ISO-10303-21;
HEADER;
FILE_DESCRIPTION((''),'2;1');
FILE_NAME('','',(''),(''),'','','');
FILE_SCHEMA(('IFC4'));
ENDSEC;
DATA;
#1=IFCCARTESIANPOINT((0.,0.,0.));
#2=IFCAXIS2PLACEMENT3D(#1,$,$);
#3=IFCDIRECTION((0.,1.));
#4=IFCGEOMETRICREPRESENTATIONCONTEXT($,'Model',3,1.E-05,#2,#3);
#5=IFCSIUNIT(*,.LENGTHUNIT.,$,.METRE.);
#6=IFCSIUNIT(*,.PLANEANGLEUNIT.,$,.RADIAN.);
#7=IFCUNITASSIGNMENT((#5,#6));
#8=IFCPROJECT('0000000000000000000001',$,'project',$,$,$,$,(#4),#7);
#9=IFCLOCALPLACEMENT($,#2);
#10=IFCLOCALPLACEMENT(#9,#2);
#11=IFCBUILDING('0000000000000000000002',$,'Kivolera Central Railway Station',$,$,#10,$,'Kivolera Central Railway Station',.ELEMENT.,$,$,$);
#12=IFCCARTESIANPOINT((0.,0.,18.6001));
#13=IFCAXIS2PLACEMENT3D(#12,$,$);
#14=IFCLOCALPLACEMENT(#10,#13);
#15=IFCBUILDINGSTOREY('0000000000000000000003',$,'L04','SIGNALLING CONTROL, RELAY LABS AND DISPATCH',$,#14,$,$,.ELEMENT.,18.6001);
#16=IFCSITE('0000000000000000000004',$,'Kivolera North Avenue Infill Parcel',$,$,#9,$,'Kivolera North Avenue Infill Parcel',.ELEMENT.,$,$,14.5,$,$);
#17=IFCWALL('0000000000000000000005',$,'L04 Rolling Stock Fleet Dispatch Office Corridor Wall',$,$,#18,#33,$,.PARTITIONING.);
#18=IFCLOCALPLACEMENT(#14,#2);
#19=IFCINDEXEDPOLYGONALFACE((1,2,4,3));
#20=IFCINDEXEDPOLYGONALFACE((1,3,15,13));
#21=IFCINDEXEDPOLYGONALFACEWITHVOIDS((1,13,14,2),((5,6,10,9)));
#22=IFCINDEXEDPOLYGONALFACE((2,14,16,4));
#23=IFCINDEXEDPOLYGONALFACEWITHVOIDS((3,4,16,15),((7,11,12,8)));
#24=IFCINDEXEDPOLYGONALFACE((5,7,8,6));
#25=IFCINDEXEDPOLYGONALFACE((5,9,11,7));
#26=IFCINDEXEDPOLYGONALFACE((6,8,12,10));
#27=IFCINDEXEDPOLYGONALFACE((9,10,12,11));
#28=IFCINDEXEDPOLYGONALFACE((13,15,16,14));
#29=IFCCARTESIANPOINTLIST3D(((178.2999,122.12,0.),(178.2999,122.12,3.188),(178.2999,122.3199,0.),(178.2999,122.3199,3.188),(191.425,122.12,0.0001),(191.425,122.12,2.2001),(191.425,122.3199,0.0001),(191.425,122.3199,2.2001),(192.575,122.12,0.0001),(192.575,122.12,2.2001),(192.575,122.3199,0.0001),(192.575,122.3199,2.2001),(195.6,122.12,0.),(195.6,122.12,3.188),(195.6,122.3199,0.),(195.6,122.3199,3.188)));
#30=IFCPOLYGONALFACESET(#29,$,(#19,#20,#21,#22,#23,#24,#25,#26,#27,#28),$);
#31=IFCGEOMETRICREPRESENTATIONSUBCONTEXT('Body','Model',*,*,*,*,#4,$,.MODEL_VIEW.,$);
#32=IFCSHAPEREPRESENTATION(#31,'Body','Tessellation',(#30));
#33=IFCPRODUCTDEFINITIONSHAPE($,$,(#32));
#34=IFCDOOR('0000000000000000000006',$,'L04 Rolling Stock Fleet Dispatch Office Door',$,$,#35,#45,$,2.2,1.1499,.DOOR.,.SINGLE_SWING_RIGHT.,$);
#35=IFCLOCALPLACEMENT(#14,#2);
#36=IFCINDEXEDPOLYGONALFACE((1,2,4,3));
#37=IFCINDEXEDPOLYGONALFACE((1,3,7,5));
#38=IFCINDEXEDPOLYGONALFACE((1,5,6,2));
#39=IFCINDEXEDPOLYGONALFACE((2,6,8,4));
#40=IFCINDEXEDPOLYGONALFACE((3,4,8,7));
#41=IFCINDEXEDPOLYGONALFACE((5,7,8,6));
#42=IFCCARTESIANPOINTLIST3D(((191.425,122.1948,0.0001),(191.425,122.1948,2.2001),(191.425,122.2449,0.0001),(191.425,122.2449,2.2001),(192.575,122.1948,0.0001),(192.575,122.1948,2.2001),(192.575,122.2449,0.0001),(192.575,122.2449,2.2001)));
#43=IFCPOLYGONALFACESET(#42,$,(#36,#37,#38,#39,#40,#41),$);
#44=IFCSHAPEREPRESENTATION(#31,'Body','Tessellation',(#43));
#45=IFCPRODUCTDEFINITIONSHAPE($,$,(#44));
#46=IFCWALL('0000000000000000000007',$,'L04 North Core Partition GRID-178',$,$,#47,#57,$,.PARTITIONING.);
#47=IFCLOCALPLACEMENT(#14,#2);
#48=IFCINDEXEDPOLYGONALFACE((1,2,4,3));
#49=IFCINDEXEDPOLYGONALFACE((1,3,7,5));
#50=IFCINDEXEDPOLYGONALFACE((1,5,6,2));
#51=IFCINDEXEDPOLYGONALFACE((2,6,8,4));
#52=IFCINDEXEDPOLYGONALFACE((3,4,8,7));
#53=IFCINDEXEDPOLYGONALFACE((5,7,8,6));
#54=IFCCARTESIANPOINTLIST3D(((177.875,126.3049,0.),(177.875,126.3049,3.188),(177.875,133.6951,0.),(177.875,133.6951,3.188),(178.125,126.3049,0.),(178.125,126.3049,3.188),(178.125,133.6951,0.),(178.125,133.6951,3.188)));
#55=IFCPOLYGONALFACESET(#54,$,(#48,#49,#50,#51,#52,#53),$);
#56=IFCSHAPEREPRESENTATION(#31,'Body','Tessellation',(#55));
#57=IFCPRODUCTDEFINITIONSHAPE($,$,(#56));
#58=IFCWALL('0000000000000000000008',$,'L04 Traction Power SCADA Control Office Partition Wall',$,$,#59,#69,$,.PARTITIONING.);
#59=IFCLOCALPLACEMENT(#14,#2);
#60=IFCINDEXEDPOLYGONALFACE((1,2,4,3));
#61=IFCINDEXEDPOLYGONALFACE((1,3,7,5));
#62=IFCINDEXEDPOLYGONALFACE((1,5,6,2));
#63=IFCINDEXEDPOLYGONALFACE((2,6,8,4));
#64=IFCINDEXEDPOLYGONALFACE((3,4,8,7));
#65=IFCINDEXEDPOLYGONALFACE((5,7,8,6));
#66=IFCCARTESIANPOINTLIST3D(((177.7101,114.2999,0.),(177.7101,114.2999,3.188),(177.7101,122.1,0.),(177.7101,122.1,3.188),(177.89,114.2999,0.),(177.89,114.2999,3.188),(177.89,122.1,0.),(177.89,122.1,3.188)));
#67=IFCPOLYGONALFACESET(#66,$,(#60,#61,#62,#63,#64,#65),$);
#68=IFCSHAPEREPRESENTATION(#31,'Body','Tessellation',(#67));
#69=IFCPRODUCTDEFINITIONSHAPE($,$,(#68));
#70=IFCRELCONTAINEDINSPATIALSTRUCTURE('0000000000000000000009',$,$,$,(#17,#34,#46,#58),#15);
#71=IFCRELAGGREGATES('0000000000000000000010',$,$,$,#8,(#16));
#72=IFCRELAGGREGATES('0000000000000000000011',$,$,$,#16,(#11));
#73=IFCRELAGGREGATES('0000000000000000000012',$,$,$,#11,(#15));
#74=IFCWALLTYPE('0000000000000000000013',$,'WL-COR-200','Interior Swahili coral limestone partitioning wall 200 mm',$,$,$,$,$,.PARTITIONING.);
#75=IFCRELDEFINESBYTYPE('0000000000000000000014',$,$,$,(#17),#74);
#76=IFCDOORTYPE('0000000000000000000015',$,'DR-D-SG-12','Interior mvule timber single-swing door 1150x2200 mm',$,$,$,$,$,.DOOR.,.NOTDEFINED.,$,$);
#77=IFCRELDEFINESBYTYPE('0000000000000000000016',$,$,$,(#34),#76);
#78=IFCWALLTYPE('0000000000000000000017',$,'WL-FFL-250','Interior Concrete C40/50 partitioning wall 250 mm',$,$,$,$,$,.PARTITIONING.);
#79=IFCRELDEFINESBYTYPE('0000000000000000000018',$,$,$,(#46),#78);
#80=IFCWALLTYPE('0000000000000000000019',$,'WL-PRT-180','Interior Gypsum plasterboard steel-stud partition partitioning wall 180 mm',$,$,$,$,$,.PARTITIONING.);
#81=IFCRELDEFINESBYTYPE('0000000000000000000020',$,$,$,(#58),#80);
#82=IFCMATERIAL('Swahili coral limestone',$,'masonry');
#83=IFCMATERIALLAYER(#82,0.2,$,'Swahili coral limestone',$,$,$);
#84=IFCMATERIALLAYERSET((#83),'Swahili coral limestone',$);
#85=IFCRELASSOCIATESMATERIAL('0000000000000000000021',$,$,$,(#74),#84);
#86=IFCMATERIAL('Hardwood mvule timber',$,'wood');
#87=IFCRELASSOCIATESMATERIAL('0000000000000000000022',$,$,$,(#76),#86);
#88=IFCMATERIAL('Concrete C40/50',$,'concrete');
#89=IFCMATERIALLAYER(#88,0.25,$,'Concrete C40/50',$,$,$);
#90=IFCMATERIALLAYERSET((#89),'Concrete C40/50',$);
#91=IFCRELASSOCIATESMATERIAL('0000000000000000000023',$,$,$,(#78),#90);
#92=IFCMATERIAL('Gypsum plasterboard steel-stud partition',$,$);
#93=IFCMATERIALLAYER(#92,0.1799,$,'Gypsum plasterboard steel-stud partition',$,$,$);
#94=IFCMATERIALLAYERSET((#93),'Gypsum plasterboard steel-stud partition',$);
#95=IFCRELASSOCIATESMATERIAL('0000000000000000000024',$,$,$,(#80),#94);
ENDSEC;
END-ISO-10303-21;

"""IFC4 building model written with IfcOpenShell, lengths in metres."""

from ifc_helpers import new_model, si_unit, direction, frame, frame_2d, origin, place, context, subcontext, project, spatial, rectangle, extrude, material, layer, layer_set, type_object, element, fill, save


model = new_model("IFC4")

# Units and contexts
model_context = context("Model", 3, precision=1e-05, world=origin(), true_north=direction((0.0, 1.0)))
body_context = subcontext(model_context, "Body", "Model", "MODEL_VIEW")
ifc_project = project(units=[si_unit("LENGTHUNIT", "METRE"), si_unit("PLANEANGLEUNIT", "RADIAN")], contexts=[model_context])

# Site, building, storey
site_placement = place(None, origin())
site = spatial("IfcSite", under=ifc_project, at=site_placement, Name="Kivolera North Avenue Infill Parcel", LongName="Kivolera North Avenue Infill Parcel", CompositionType="ELEMENT", RefElevation=14.5)
building_placement = place(site_placement, origin())
building = spatial("IfcBuilding", under=site, at=building_placement, Name="Kivolera Central Railway Station", LongName="Kivolera Central Railway Station", CompositionType="ELEMENT")
storey_placement = place(building_placement, frame((0.0, 0.0, 18.6001)))
storey = spatial("IfcBuildingStorey", under=building, at=storey_placement, Name="L04", Description="SIGNALLING CONTROL, RELAY LABS AND DISPATCH", CompositionType="ELEMENT", Elevation=18.6001)

# Shared definitions
ifc_material_1 = material(Name="Concrete C40/50", Category="concrete")

# Wall, opening, door
ifc_material_2 = material(Name="Swahili coral limestone", Category="masonry")
ifc_layer_1 = layer(ifc_material_2, 0.2, Name="Swahili coral limestone")
ifc_layer_set_1 = layer_set([ifc_layer_1], Name="Swahili coral limestone")
wall_type_1 = type_object("IfcWallType", Name="WL-COR-200", Description="Interior Swahili coral limestone partitioning wall 200 mm", PredefinedType="PARTITIONING", material=ifc_layer_set_1)
wall_1_placement = place(storey_placement, frame((178.3, 122.22, 0.0), z_axis=(0.0, 0.0, 1.0), x_axis=(1.0, 0.0, 0.0)))
wall_1 = element("IfcWall", 1, at=wall_1_placement, inside=storey, type_object=wall_type_1, Name="L04 Rolling Stock Fleet Dispatch Office Corridor Wall", PredefinedType="PARTITIONING", context=body_context, shape_type="SweptSolid", body=[
    extrude(rectangle(XDim=17.3, YDim=0.2, at=frame_2d((8.6499, 0.0))), origin(), (0.0, 0.0, 1.0), 3.188),
])
opening_1_placement = place(wall_1_placement, frame((13.125, 0.0, 0.0)))
opening_1 = element("IfcOpeningElement", 2, at=opening_1_placement, cuts=wall_1, PredefinedType="OPENING", context=body_context, shape_type="SweptSolid", body=[
    extrude(rectangle(XDim=1.1499, YDim=2.2, at=frame_2d((0.575, 1.1001))), frame((0.0, 0.1099, 0.0), z_axis=(0.0, -1.0, 0.0), x_axis=(1.0, 0.0, 0.0)), (0.0, 0.0, 1.0), 0.22),
])
ifc_material_3 = material(Name="Hardwood mvule timber", Category="wood")
door_type_1 = type_object("IfcDoorType", Name="DR-D-SG-12", Description="Interior mvule timber single-swing door 1150x2200 mm", OperationType="NOTDEFINED", PredefinedType="DOOR", material=ifc_material_3)
door_1_placement = place(opening_1_placement, origin())
door_1 = element("IfcDoor", 3, at=door_1_placement, inside=storey, type_object=door_type_1, Name="L04 Rolling Stock Fleet Dispatch Office Door", OperationType="SINGLE_SWING_RIGHT", OverallHeight=2.2, OverallWidth=1.1499, PredefinedType="DOOR", context=body_context, shape_type="SweptSolid", body=[
    extrude(rectangle(XDim=1.1499, YDim=2.2, at=frame_2d((0.575, 1.1001))), frame((0.0, 0.0249, 0.0), z_axis=(0.0, -1.0, 0.0), x_axis=(1.0, 0.0, 0.0)), (0.0, 0.0, 1.0), 0.05),
])
fill(opening_1, door_1)
ifc_layer_2 = layer(ifc_material_1, 0.25, Name="Concrete C40/50")
ifc_layer_set_2 = layer_set([ifc_layer_2], Name="Concrete C40/50")
wall_type_2 = type_object("IfcWallType", Name="WL-FFL-250", Description="Interior Concrete C40/50 partitioning wall 250 mm", PredefinedType="PARTITIONING", material=ifc_layer_set_2)

# Walls
wall_2_placement = place(storey_placement, frame((178.0, 126.3049, 0.0), z_axis=(0.0, 0.0, 1.0), x_axis=(0.0, 1.0, 0.0)))
element("IfcWall", 4, at=wall_2_placement, inside=storey, type_object=wall_type_2, Name="L04 North Core Partition GRID-178", PredefinedType="PARTITIONING", context=body_context, shape_type="SweptSolid", body=[
    extrude(rectangle(XDim=7.3901, YDim=0.25, at=frame_2d((3.6951, 0.0))), origin(), (0.0, 0.0, 1.0), 3.188),
])
ifc_material_4 = material(Name="Gypsum plasterboard steel-stud partition")
ifc_layer_3 = layer(ifc_material_4, 0.1799, Name="Gypsum plasterboard steel-stud partition")
ifc_layer_set_3 = layer_set([ifc_layer_3], Name="Gypsum plasterboard steel-stud partition")
wall_type_3 = type_object("IfcWallType", Name="WL-PRT-180", Description="Interior Gypsum plasterboard steel-stud partition partitioning wall 180 mm", PredefinedType="PARTITIONING", material=ifc_layer_set_3)
wall_3_placement = place(storey_placement, frame((177.8, 114.3, 0.0), z_axis=(0.0, 0.0, 1.0), x_axis=(0.0, 1.0, 0.0)))
element("IfcWall", 5, at=wall_3_placement, inside=storey, type_object=wall_type_3, Name="L04 Traction Power SCADA Control Office Partition Wall", PredefinedType="PARTITIONING", context=body_context, shape_type="SweptSolid", body=[
    extrude(rectangle(XDim=7.8, YDim=0.1799, at=frame_2d((3.8999, 0.0))), origin(), (0.0, 0.0, 1.0), 3.188),
])

save(model, "model.ifc")
